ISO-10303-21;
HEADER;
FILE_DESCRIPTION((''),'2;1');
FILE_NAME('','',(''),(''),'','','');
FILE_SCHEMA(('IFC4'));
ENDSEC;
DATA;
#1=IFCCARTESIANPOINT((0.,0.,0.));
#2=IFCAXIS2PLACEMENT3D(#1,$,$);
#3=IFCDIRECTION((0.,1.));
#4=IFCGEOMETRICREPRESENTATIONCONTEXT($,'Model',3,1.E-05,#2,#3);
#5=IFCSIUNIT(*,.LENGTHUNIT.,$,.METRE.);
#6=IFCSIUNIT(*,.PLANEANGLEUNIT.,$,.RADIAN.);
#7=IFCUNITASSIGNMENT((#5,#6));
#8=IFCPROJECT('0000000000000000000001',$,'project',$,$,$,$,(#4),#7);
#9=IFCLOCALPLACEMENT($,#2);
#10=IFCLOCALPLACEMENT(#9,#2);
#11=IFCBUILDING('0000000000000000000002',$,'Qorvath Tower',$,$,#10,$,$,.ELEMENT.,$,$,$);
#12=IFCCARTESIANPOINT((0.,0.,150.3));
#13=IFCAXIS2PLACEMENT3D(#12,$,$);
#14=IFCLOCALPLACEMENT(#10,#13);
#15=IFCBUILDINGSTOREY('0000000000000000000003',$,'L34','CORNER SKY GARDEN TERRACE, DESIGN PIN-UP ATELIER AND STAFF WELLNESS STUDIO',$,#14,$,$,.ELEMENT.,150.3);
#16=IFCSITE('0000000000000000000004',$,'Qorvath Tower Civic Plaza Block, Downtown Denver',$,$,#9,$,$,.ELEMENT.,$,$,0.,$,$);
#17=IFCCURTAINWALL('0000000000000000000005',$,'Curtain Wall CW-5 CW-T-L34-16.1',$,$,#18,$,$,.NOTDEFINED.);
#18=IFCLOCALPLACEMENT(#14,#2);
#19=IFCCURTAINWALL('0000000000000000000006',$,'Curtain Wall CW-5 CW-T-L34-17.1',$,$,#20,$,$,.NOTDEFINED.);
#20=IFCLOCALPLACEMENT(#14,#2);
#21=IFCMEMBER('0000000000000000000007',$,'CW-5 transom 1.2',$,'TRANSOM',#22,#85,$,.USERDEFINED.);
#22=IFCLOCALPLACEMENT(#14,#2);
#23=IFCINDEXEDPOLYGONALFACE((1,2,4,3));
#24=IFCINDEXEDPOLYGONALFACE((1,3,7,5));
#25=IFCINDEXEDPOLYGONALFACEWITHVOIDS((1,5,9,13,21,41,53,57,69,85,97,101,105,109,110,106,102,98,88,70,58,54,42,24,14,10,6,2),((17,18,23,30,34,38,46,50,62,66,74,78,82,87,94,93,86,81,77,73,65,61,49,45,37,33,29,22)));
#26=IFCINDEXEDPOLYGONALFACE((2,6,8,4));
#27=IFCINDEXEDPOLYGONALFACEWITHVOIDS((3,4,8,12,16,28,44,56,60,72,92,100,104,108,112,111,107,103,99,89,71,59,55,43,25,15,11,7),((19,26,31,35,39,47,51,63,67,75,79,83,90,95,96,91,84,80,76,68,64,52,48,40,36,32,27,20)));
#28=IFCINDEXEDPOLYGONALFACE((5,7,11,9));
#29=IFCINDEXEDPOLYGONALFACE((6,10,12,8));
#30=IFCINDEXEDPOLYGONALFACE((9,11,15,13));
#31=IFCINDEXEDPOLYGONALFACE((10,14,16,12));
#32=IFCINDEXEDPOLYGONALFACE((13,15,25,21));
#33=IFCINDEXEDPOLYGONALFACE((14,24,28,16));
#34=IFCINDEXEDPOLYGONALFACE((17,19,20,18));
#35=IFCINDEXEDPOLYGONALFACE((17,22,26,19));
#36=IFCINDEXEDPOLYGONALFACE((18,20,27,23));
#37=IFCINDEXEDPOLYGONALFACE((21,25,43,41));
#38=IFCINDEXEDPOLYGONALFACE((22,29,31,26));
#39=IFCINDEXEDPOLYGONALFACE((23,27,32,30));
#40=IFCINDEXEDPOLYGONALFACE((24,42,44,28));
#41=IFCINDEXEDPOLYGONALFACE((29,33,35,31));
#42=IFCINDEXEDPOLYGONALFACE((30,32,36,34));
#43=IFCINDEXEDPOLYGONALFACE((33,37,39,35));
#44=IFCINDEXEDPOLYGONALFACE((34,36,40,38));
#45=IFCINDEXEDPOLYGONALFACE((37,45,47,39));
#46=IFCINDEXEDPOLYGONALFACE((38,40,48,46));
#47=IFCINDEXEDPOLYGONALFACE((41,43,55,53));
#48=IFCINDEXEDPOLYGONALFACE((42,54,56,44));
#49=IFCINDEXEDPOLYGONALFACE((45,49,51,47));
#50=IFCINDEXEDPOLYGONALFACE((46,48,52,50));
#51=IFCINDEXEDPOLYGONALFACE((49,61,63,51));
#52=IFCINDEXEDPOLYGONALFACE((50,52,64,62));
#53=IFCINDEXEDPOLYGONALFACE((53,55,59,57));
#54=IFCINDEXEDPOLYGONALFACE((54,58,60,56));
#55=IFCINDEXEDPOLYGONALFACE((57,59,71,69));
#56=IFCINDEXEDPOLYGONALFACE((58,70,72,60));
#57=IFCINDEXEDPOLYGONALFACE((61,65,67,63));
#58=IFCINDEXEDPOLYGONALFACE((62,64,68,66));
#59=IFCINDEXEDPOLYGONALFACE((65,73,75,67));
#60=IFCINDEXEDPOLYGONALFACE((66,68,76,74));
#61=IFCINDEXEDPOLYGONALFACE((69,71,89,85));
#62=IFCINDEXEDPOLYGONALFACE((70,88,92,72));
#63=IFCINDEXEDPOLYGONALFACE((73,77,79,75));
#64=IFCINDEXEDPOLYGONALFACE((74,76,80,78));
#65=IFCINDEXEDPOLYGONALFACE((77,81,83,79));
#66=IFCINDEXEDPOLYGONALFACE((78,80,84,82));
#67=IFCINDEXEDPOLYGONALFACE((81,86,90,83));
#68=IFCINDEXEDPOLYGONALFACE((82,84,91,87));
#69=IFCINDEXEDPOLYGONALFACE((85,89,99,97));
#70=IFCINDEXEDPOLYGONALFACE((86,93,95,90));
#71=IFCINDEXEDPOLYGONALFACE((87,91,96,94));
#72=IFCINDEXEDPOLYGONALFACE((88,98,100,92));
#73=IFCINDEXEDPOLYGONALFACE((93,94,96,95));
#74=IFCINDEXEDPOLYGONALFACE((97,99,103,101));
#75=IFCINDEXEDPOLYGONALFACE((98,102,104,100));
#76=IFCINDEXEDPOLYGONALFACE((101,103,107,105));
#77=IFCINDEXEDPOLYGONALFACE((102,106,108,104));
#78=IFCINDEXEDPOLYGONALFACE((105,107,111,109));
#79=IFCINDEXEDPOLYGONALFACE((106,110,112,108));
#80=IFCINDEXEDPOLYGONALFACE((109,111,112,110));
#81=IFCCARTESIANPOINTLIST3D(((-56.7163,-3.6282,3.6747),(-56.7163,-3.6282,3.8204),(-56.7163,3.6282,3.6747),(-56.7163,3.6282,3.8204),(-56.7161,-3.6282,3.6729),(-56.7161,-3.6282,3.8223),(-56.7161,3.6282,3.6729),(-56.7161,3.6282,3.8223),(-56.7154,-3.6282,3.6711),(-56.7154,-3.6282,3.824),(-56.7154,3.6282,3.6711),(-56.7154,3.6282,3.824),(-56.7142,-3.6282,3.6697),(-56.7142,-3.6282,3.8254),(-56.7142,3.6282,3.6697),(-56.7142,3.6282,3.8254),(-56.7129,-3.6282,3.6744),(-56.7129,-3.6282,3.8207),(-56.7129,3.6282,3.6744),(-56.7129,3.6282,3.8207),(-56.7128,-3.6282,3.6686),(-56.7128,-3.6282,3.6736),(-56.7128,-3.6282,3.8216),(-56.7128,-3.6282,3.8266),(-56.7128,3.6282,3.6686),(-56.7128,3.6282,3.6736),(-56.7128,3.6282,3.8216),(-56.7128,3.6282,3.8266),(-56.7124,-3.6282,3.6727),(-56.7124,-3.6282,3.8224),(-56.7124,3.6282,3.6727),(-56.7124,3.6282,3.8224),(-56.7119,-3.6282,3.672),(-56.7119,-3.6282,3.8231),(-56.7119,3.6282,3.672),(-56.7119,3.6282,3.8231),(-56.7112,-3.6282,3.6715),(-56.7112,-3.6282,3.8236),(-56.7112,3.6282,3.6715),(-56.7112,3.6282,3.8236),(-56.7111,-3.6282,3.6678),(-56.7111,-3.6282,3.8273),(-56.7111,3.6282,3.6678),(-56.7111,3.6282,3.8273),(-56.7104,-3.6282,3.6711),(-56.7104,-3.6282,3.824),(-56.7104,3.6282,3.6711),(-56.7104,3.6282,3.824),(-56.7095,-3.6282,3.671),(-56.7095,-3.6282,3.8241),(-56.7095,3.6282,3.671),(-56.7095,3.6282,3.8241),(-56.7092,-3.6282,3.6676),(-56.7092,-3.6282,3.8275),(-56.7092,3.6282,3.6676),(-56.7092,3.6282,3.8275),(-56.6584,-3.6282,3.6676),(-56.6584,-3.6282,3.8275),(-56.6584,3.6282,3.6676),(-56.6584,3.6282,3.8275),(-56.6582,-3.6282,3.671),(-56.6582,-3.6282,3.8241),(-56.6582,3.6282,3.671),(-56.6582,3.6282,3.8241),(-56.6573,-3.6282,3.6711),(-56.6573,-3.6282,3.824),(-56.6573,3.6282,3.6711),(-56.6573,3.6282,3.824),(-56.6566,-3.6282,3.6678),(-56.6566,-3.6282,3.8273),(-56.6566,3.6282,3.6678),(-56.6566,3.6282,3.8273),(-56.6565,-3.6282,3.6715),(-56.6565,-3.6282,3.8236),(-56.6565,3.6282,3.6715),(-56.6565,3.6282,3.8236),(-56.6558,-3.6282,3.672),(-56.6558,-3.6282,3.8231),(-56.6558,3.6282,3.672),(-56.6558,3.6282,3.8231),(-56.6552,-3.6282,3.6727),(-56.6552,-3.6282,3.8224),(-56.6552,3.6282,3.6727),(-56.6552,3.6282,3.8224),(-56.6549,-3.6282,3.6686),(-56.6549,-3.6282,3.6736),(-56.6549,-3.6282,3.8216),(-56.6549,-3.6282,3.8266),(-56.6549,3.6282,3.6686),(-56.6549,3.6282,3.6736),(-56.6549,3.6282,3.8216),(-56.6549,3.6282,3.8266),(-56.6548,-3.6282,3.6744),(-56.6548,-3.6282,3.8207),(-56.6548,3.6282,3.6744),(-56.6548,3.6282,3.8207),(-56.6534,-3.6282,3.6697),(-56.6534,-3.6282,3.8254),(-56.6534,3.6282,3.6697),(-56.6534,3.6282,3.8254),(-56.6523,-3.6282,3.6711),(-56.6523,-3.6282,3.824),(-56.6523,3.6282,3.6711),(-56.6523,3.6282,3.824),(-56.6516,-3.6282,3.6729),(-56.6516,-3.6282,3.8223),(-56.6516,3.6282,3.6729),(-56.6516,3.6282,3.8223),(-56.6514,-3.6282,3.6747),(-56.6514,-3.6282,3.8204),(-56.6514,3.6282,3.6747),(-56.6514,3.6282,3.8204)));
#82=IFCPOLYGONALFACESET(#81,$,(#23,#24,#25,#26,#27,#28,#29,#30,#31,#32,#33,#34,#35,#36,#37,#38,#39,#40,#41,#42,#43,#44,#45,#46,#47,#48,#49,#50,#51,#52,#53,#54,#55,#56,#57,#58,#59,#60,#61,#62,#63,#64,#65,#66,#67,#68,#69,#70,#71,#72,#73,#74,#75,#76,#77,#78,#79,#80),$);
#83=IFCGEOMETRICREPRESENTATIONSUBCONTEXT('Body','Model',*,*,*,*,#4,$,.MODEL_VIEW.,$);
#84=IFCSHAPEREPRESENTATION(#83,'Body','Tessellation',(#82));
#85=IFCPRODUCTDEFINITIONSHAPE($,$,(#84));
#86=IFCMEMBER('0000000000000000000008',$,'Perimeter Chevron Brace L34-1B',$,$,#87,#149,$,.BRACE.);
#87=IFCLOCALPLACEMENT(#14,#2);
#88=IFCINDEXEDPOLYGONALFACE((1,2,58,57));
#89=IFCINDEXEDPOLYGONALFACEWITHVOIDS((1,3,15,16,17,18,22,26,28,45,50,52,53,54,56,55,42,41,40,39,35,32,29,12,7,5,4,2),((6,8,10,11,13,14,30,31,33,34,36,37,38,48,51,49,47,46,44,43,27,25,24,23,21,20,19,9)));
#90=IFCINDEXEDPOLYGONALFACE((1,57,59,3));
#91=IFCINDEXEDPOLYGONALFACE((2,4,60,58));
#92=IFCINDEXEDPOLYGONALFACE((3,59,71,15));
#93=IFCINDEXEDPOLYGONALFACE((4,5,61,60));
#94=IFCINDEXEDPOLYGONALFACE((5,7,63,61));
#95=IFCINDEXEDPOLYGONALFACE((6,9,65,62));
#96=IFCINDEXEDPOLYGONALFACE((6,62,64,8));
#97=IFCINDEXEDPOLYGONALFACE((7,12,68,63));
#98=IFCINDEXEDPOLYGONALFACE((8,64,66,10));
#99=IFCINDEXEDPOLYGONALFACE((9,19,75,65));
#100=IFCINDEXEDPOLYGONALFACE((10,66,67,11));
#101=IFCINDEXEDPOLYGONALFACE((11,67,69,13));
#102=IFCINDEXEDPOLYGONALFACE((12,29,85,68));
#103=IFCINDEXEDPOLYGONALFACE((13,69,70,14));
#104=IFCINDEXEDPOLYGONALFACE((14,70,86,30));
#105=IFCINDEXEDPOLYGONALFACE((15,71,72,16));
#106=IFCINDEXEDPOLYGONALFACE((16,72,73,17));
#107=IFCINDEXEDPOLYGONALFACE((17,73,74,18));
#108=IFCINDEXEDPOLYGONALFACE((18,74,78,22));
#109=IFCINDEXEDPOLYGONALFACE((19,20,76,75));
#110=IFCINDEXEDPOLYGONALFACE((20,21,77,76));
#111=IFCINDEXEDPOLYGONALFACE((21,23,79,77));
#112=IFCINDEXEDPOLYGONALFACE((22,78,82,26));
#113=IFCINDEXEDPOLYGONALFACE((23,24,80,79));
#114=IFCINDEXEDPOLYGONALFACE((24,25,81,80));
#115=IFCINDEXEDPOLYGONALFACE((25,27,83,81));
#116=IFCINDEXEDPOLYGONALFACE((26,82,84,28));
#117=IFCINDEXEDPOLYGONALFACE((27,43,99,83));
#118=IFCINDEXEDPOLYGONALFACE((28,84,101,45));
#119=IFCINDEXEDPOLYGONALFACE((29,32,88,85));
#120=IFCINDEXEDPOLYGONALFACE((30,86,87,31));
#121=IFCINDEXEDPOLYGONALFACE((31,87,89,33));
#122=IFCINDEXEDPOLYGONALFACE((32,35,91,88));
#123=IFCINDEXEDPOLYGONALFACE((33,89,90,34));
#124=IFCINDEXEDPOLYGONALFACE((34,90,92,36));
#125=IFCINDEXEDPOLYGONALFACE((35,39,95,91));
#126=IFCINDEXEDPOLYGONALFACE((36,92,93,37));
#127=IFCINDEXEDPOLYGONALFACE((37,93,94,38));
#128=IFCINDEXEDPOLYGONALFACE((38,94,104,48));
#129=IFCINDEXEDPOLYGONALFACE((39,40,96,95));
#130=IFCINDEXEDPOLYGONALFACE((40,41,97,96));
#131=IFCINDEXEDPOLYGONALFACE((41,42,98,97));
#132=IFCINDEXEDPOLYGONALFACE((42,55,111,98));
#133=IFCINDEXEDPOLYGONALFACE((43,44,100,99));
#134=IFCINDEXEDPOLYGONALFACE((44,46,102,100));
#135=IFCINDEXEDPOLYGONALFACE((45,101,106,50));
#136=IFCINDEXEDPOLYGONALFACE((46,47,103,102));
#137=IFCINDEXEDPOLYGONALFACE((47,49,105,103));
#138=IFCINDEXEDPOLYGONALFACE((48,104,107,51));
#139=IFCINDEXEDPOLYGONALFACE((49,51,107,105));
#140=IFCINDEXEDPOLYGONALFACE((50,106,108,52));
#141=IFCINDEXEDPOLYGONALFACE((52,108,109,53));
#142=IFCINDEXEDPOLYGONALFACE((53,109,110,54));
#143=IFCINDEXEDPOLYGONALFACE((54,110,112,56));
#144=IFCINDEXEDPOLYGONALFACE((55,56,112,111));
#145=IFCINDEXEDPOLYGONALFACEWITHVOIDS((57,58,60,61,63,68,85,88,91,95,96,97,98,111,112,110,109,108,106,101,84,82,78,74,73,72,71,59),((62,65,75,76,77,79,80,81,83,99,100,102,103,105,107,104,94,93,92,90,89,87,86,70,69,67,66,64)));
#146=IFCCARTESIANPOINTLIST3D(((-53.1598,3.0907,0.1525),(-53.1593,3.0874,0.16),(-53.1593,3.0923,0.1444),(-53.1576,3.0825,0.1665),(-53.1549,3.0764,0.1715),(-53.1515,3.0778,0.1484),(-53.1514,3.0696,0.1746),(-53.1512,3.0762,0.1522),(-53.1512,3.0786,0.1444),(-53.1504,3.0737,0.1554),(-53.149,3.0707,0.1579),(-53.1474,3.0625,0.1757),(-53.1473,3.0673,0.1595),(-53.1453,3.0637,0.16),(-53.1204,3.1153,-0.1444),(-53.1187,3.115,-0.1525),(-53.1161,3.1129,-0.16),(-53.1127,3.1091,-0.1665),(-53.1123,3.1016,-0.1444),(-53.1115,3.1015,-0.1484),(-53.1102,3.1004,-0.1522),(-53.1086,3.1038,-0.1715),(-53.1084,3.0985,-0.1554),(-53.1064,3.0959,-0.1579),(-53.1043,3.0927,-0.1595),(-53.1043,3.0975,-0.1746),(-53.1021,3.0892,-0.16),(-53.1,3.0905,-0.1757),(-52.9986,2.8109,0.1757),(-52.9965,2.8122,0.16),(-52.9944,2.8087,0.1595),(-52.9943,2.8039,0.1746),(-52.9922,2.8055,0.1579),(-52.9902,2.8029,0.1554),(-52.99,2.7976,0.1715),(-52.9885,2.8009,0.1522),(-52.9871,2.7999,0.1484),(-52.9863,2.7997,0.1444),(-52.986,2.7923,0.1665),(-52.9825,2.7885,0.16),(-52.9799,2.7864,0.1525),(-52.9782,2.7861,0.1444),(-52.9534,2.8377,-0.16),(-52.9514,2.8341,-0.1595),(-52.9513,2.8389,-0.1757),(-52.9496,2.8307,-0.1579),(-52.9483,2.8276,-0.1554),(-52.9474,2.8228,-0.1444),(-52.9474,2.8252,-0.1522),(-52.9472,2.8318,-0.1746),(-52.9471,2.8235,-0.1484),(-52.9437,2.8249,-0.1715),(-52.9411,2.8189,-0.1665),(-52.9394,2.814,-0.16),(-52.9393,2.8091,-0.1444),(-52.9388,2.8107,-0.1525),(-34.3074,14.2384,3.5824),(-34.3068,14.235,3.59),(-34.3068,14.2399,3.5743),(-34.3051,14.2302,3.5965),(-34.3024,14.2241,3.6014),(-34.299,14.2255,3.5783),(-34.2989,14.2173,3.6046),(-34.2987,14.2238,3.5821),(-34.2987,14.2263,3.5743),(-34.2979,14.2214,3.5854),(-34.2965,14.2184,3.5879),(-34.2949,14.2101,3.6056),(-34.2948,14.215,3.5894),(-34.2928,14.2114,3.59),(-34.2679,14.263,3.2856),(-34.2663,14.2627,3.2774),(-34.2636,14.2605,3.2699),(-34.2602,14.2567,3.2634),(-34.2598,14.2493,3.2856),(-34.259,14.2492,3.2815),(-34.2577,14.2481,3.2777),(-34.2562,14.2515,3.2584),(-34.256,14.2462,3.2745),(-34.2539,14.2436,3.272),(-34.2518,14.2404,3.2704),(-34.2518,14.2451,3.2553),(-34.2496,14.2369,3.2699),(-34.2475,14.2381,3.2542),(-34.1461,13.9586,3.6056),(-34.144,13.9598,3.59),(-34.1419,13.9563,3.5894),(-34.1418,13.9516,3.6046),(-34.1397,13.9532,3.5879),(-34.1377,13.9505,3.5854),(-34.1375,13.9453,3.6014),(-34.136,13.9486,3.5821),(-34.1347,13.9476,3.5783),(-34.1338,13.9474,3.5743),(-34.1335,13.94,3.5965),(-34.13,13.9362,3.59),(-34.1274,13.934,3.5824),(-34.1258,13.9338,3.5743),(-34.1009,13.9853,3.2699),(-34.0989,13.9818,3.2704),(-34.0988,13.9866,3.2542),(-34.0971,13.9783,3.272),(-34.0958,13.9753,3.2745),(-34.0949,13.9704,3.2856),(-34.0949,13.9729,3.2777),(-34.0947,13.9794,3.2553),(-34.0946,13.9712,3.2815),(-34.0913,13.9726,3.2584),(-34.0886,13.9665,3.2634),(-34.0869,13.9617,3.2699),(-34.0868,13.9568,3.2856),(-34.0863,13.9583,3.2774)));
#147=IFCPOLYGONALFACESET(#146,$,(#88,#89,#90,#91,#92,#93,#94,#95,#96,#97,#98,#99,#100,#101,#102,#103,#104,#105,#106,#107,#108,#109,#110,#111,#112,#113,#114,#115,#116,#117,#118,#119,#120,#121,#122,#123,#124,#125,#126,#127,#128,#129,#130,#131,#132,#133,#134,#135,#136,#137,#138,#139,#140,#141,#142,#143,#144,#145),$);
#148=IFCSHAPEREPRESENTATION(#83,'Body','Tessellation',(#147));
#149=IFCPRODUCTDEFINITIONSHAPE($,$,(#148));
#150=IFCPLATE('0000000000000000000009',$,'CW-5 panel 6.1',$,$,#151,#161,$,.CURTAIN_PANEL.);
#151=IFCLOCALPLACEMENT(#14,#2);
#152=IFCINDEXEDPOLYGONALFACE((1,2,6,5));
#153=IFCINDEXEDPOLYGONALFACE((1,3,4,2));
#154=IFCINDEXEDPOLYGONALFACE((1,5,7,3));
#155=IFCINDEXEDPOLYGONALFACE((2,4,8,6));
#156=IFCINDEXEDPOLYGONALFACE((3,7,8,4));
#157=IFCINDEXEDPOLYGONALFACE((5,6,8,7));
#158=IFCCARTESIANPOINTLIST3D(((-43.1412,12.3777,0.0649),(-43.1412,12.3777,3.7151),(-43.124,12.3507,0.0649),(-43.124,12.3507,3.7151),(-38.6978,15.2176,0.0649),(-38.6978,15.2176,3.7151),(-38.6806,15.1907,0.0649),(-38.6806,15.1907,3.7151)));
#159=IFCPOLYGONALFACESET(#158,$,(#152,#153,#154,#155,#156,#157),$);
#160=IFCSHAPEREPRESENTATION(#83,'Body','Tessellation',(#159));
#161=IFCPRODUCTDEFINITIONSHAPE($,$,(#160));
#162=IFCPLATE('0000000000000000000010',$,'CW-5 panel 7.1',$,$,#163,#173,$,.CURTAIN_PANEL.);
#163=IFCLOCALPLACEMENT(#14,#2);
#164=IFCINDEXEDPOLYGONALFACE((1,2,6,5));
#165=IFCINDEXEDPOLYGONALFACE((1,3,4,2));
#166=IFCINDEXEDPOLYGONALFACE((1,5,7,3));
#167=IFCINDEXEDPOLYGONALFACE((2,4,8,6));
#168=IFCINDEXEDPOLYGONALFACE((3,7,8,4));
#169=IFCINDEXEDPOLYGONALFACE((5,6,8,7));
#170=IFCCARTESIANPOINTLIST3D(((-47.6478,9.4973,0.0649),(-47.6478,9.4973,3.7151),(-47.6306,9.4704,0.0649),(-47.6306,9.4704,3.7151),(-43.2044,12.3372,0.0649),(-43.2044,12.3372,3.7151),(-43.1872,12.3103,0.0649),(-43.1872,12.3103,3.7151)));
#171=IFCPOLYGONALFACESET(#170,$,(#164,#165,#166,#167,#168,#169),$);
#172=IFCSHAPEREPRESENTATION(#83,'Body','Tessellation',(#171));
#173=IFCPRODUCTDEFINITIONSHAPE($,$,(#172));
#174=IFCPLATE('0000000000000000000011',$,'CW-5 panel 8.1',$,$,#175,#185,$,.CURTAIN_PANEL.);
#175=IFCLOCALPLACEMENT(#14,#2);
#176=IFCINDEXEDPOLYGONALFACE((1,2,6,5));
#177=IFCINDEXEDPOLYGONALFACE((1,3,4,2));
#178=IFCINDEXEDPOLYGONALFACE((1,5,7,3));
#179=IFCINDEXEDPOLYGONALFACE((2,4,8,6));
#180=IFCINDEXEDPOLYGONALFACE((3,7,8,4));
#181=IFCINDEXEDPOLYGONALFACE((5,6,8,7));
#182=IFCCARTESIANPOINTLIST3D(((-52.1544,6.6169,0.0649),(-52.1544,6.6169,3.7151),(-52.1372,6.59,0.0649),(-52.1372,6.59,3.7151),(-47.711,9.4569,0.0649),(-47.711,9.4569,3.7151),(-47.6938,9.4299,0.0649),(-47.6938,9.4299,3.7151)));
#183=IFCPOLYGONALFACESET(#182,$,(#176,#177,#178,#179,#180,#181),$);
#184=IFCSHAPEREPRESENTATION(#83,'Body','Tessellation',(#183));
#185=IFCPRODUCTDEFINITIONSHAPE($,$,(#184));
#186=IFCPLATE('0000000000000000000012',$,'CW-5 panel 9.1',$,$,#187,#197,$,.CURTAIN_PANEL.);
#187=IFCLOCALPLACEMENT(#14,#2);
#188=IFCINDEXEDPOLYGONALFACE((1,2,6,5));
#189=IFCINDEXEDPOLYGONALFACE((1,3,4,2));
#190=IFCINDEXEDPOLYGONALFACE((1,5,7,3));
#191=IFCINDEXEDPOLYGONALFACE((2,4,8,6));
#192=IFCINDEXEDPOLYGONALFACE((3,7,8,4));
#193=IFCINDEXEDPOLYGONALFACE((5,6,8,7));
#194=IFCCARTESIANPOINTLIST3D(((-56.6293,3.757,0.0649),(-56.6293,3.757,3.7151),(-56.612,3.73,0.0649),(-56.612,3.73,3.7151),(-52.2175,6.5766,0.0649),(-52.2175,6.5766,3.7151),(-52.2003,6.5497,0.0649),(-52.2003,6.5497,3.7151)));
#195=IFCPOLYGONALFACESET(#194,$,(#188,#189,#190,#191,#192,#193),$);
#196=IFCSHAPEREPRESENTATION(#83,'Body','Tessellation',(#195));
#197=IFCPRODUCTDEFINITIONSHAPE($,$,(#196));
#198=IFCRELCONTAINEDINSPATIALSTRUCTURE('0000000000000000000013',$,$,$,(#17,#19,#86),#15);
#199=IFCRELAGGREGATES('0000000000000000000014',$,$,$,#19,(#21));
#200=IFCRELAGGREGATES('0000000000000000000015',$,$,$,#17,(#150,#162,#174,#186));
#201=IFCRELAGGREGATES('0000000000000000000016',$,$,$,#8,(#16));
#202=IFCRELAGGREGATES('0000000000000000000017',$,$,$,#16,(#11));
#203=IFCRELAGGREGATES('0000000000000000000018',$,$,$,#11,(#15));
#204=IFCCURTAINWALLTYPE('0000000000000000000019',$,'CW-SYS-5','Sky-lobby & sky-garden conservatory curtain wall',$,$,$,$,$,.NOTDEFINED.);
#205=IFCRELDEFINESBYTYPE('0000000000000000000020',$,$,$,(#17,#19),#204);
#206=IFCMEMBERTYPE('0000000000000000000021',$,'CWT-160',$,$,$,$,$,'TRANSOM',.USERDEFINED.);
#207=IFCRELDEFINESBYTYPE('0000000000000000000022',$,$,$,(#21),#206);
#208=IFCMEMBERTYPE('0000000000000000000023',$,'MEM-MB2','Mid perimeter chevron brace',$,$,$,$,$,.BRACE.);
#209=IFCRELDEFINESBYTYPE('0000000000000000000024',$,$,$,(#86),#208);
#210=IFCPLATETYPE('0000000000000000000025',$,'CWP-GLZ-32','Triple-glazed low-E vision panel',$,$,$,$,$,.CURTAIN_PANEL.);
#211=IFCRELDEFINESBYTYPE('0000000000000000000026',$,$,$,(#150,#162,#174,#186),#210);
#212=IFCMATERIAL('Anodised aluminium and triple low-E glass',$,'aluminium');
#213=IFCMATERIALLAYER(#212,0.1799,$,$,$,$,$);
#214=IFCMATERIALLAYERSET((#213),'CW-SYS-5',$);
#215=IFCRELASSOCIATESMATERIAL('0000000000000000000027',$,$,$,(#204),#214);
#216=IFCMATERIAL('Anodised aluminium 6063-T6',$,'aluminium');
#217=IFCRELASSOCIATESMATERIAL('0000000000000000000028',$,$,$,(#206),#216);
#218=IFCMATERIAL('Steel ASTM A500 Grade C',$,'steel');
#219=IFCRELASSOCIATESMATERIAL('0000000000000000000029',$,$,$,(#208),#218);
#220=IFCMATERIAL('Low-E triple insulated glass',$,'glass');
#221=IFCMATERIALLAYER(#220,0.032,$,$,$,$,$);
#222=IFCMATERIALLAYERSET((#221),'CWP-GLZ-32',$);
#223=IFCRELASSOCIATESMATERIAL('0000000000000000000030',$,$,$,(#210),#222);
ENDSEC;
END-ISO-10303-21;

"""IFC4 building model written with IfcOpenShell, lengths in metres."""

from ifc_helpers import new_model, si_unit, direction, frame, origin, origin_2d, place, context, subcontext, project, spatial, rectangle, hollow_rectangle, extrude, material, layer, layer_set, material_profile, profile_set, type_object, element, aggregate, save


model = new_model("IFC4")

# Units and contexts
model_context = context("Model", 3, precision=1e-05, world=origin(), true_north=direction((0.0, 1.0)))
body_context = subcontext(model_context, "Body", "Model", "MODEL_VIEW")
ifc_project = project(units=[si_unit("LENGTHUNIT", "METRE"), si_unit("PLANEANGLEUNIT", "RADIAN")], contexts=[model_context])

# Site, building, storey
site_placement = place(None, origin())
site = spatial("IfcSite", under=ifc_project, at=site_placement, Name="Qorvath Tower Civic Plaza Block, Downtown Denver", CompositionType="ELEMENT", RefElevation=0.0)
building_placement = place(site_placement, origin())
building = spatial("IfcBuilding", under=site, at=building_placement, Name="Qorvath Tower", CompositionType="ELEMENT")
storey_placement = place(building_placement, frame((0.0, 0.0, 150.3)))
storey = spatial("IfcBuildingStorey", under=building, at=storey_placement, Name="L34", Description="CORNER SKY GARDEN TERRACE, DESIGN PIN-UP ATELIER AND STAFF WELLNESS STUDIO", CompositionType="ELEMENT", Elevation=150.3)

# Curtain wall
ifc_material_1 = material(Name="Anodised aluminium and triple low-E glass", Category="aluminium")
ifc_layer_1 = layer(ifc_material_1, 0.1799)
ifc_layer_set_1 = layer_set([ifc_layer_1], Name="CW-SYS-5")
curtain_wall_type = type_object("IfcCurtainWallType", Name="CW-SYS-5", Description="Sky-lobby & sky-garden conservatory curtain wall", PredefinedType="NOTDEFINED", material=ifc_layer_set_1)
curtain_wall_1_placement = place(storey_placement, origin())
curtain_wall_1 = element("IfcCurtainWall", 1, at=curtain_wall_1_placement, inside=storey, type_object=curtain_wall_type, Name="Curtain Wall CW-5 CW-T-L34-16.1", PredefinedType="NOTDEFINED")

# Curtain wall
curtain_wall_2_placement = place(storey_placement, origin())
curtain_wall_2 = element("IfcCurtainWall", 2, at=curtain_wall_2_placement, inside=storey, type_object=curtain_wall_type, Name="Curtain Wall CW-5 CW-T-L34-17.1", PredefinedType="NOTDEFINED")

# Members
ifc_material_2 = material(Name="Anodised aluminium 6063-T6", Category="aluminium")
ifc_material_profile_1 = material_profile(ifc_material_2, hollow_rectangle(XDim=0.0649, YDim=0.1599, WallThickness=0.0034, InnerFilletRadius=0.0034, OuterFilletRadius=0.0071, at=origin_2d()), Name="CWT 160x65")
ifc_profile_set_1 = profile_set([ifc_material_profile_1], Name="Anodised aluminium 6063-T6")
member_type_1 = type_object("IfcMemberType", Name="CWT-160", ElementType="TRANSOM", PredefinedType="USERDEFINED", material=ifc_profile_set_1)
member_1_placement = place(storey_placement, frame((-56.6838, 3.6282, 3.7476), z_axis=(0.0, -1.0, 0.0), x_axis=(1.0, 0.0, 0.0)))
member_1 = element("IfcMember", 3, at=member_1_placement, type_object=member_type_1, Name="CW-5 transom 1.2", ObjectType="TRANSOM", PredefinedType="USERDEFINED", context=body_context, shape_type="SweptSolid", body=[
    extrude(hollow_rectangle(XDim=0.0649, YDim=0.1599, WallThickness=0.0034, InnerFilletRadius=0.0034, OuterFilletRadius=0.0071, at=origin_2d()), origin(), (0.0, 0.0, 1.0), 7.2563),
])
aggregate(curtain_wall_2, [member_1])
ifc_material_3 = material(Name="Steel ASTM A500 Grade C", Category="steel")
ifc_material_profile_2 = material_profile(ifc_material_3, hollow_rectangle(XDim=0.3557, YDim=0.3557, WallThickness=0.0159, InnerFilletRadius=0.0159, OuterFilletRadius=0.0317, at=origin_2d()), Name="HSS 356x356x16")
ifc_profile_set_2 = profile_set([ifc_material_profile_2], Name="Steel ASTM A500 Grade C")
member_type_2 = type_object("IfcMemberType", Name="MEM-MB2", Description="Mid perimeter chevron brace", PredefinedType="BRACE", material=ifc_profile_set_2)
member_2_placement = place(storey_placement, frame((-53.0493, 2.9507, 0.0), z_axis=(0.85041, 0.502856, 0.154719), x_axis=(-0.508985, 0.860775, 0.0)))
element("IfcMember", 4, at=member_2_placement, inside=storey, type_object=member_type_2, Name="Perimeter Chevron Brace L34-1B", PredefinedType="BRACE", context=body_context, shape_type="SweptSolid", body=[
    extrude(hollow_rectangle(XDim=0.3557, YDim=0.3557, WallThickness=0.0159, InnerFilletRadius=0.0159, OuterFilletRadius=0.0317, at=origin_2d()), origin(), (0.0, 0.0, 1.0), 22.1687),
])

# Plates
ifc_material_4 = material(Name="Low-E triple insulated glass", Category="glass")
ifc_layer_2 = layer(ifc_material_4, 0.032)
ifc_layer_set_2 = layer_set([ifc_layer_2], Name="CWP-GLZ-32")
plate_type_1 = type_object("IfcPlateType", Name="CWP-GLZ-32", Description="Triple-glazed low-E vision panel", PredefinedType="CURTAIN_PANEL", material=ifc_layer_set_2)
plate_1_placement = place(storey_placement, frame((-40.9109, 13.7842, 0.0649), z_axis=(0.0, 0.0, 1.0), x_axis=(-0.842603, -0.538535, 0.0)))
plate_1 = element("IfcPlate", 5, at=plate_1_placement, type_object=plate_type_1, Name="CW-5 panel 6.1", PredefinedType="CURTAIN_PANEL", context=body_context, shape_type="SweptSolid", body=[
    extrude(rectangle(XDim=5.2734, YDim=0.032, at=origin_2d()), origin(), (0.0, 0.0, 1.0), 3.6501),
])
plate_2_placement = place(storey_placement, frame((-45.4175, 10.9038, 0.0649), z_axis=(0.0, 0.0, 1.0), x_axis=(-0.842603, -0.538535, 0.0)))
plate_2 = element("IfcPlate", 6, at=plate_2_placement, type_object=plate_type_1, Name="CW-5 panel 7.1", PredefinedType="CURTAIN_PANEL", context=body_context, shape_type="SweptSolid", body=[
    extrude(rectangle(XDim=5.2734, YDim=0.032, at=origin_2d()), origin(), (0.0, 0.0, 1.0), 3.6501),
])
plate_3_placement = place(storey_placement, frame((-49.9241, 8.0234, 0.0649), z_axis=(0.0, 0.0, 1.0), x_axis=(-0.842603, -0.538535, 0.0)))
plate_3 = element("IfcPlate", 7, at=plate_3_placement, type_object=plate_type_1, Name="CW-5 panel 8.1", PredefinedType="CURTAIN_PANEL", context=body_context, shape_type="SweptSolid", body=[
    extrude(rectangle(XDim=5.2734, YDim=0.032, at=origin_2d()), origin(), (0.0, 0.0, 1.0), 3.6501),
])
plate_4_placement = place(storey_placement, frame((-54.4148, 5.1533, 0.0649), z_axis=(0.0, 0.0, 1.0), x_axis=(-0.842603, -0.538535, 0.0)))
plate_4 = element("IfcPlate", 8, at=plate_4_placement, type_object=plate_type_1, Name="CW-5 panel 9.1", PredefinedType="CURTAIN_PANEL", context=body_context, shape_type="SweptSolid", body=[
    extrude(rectangle(XDim=5.2358, YDim=0.032, at=origin_2d()), origin(), (0.0, 0.0, 1.0), 3.6501),
])
aggregate(curtain_wall_1, [plate_1, plate_2, plate_3, plate_4])

save(model, "model.ifc")
